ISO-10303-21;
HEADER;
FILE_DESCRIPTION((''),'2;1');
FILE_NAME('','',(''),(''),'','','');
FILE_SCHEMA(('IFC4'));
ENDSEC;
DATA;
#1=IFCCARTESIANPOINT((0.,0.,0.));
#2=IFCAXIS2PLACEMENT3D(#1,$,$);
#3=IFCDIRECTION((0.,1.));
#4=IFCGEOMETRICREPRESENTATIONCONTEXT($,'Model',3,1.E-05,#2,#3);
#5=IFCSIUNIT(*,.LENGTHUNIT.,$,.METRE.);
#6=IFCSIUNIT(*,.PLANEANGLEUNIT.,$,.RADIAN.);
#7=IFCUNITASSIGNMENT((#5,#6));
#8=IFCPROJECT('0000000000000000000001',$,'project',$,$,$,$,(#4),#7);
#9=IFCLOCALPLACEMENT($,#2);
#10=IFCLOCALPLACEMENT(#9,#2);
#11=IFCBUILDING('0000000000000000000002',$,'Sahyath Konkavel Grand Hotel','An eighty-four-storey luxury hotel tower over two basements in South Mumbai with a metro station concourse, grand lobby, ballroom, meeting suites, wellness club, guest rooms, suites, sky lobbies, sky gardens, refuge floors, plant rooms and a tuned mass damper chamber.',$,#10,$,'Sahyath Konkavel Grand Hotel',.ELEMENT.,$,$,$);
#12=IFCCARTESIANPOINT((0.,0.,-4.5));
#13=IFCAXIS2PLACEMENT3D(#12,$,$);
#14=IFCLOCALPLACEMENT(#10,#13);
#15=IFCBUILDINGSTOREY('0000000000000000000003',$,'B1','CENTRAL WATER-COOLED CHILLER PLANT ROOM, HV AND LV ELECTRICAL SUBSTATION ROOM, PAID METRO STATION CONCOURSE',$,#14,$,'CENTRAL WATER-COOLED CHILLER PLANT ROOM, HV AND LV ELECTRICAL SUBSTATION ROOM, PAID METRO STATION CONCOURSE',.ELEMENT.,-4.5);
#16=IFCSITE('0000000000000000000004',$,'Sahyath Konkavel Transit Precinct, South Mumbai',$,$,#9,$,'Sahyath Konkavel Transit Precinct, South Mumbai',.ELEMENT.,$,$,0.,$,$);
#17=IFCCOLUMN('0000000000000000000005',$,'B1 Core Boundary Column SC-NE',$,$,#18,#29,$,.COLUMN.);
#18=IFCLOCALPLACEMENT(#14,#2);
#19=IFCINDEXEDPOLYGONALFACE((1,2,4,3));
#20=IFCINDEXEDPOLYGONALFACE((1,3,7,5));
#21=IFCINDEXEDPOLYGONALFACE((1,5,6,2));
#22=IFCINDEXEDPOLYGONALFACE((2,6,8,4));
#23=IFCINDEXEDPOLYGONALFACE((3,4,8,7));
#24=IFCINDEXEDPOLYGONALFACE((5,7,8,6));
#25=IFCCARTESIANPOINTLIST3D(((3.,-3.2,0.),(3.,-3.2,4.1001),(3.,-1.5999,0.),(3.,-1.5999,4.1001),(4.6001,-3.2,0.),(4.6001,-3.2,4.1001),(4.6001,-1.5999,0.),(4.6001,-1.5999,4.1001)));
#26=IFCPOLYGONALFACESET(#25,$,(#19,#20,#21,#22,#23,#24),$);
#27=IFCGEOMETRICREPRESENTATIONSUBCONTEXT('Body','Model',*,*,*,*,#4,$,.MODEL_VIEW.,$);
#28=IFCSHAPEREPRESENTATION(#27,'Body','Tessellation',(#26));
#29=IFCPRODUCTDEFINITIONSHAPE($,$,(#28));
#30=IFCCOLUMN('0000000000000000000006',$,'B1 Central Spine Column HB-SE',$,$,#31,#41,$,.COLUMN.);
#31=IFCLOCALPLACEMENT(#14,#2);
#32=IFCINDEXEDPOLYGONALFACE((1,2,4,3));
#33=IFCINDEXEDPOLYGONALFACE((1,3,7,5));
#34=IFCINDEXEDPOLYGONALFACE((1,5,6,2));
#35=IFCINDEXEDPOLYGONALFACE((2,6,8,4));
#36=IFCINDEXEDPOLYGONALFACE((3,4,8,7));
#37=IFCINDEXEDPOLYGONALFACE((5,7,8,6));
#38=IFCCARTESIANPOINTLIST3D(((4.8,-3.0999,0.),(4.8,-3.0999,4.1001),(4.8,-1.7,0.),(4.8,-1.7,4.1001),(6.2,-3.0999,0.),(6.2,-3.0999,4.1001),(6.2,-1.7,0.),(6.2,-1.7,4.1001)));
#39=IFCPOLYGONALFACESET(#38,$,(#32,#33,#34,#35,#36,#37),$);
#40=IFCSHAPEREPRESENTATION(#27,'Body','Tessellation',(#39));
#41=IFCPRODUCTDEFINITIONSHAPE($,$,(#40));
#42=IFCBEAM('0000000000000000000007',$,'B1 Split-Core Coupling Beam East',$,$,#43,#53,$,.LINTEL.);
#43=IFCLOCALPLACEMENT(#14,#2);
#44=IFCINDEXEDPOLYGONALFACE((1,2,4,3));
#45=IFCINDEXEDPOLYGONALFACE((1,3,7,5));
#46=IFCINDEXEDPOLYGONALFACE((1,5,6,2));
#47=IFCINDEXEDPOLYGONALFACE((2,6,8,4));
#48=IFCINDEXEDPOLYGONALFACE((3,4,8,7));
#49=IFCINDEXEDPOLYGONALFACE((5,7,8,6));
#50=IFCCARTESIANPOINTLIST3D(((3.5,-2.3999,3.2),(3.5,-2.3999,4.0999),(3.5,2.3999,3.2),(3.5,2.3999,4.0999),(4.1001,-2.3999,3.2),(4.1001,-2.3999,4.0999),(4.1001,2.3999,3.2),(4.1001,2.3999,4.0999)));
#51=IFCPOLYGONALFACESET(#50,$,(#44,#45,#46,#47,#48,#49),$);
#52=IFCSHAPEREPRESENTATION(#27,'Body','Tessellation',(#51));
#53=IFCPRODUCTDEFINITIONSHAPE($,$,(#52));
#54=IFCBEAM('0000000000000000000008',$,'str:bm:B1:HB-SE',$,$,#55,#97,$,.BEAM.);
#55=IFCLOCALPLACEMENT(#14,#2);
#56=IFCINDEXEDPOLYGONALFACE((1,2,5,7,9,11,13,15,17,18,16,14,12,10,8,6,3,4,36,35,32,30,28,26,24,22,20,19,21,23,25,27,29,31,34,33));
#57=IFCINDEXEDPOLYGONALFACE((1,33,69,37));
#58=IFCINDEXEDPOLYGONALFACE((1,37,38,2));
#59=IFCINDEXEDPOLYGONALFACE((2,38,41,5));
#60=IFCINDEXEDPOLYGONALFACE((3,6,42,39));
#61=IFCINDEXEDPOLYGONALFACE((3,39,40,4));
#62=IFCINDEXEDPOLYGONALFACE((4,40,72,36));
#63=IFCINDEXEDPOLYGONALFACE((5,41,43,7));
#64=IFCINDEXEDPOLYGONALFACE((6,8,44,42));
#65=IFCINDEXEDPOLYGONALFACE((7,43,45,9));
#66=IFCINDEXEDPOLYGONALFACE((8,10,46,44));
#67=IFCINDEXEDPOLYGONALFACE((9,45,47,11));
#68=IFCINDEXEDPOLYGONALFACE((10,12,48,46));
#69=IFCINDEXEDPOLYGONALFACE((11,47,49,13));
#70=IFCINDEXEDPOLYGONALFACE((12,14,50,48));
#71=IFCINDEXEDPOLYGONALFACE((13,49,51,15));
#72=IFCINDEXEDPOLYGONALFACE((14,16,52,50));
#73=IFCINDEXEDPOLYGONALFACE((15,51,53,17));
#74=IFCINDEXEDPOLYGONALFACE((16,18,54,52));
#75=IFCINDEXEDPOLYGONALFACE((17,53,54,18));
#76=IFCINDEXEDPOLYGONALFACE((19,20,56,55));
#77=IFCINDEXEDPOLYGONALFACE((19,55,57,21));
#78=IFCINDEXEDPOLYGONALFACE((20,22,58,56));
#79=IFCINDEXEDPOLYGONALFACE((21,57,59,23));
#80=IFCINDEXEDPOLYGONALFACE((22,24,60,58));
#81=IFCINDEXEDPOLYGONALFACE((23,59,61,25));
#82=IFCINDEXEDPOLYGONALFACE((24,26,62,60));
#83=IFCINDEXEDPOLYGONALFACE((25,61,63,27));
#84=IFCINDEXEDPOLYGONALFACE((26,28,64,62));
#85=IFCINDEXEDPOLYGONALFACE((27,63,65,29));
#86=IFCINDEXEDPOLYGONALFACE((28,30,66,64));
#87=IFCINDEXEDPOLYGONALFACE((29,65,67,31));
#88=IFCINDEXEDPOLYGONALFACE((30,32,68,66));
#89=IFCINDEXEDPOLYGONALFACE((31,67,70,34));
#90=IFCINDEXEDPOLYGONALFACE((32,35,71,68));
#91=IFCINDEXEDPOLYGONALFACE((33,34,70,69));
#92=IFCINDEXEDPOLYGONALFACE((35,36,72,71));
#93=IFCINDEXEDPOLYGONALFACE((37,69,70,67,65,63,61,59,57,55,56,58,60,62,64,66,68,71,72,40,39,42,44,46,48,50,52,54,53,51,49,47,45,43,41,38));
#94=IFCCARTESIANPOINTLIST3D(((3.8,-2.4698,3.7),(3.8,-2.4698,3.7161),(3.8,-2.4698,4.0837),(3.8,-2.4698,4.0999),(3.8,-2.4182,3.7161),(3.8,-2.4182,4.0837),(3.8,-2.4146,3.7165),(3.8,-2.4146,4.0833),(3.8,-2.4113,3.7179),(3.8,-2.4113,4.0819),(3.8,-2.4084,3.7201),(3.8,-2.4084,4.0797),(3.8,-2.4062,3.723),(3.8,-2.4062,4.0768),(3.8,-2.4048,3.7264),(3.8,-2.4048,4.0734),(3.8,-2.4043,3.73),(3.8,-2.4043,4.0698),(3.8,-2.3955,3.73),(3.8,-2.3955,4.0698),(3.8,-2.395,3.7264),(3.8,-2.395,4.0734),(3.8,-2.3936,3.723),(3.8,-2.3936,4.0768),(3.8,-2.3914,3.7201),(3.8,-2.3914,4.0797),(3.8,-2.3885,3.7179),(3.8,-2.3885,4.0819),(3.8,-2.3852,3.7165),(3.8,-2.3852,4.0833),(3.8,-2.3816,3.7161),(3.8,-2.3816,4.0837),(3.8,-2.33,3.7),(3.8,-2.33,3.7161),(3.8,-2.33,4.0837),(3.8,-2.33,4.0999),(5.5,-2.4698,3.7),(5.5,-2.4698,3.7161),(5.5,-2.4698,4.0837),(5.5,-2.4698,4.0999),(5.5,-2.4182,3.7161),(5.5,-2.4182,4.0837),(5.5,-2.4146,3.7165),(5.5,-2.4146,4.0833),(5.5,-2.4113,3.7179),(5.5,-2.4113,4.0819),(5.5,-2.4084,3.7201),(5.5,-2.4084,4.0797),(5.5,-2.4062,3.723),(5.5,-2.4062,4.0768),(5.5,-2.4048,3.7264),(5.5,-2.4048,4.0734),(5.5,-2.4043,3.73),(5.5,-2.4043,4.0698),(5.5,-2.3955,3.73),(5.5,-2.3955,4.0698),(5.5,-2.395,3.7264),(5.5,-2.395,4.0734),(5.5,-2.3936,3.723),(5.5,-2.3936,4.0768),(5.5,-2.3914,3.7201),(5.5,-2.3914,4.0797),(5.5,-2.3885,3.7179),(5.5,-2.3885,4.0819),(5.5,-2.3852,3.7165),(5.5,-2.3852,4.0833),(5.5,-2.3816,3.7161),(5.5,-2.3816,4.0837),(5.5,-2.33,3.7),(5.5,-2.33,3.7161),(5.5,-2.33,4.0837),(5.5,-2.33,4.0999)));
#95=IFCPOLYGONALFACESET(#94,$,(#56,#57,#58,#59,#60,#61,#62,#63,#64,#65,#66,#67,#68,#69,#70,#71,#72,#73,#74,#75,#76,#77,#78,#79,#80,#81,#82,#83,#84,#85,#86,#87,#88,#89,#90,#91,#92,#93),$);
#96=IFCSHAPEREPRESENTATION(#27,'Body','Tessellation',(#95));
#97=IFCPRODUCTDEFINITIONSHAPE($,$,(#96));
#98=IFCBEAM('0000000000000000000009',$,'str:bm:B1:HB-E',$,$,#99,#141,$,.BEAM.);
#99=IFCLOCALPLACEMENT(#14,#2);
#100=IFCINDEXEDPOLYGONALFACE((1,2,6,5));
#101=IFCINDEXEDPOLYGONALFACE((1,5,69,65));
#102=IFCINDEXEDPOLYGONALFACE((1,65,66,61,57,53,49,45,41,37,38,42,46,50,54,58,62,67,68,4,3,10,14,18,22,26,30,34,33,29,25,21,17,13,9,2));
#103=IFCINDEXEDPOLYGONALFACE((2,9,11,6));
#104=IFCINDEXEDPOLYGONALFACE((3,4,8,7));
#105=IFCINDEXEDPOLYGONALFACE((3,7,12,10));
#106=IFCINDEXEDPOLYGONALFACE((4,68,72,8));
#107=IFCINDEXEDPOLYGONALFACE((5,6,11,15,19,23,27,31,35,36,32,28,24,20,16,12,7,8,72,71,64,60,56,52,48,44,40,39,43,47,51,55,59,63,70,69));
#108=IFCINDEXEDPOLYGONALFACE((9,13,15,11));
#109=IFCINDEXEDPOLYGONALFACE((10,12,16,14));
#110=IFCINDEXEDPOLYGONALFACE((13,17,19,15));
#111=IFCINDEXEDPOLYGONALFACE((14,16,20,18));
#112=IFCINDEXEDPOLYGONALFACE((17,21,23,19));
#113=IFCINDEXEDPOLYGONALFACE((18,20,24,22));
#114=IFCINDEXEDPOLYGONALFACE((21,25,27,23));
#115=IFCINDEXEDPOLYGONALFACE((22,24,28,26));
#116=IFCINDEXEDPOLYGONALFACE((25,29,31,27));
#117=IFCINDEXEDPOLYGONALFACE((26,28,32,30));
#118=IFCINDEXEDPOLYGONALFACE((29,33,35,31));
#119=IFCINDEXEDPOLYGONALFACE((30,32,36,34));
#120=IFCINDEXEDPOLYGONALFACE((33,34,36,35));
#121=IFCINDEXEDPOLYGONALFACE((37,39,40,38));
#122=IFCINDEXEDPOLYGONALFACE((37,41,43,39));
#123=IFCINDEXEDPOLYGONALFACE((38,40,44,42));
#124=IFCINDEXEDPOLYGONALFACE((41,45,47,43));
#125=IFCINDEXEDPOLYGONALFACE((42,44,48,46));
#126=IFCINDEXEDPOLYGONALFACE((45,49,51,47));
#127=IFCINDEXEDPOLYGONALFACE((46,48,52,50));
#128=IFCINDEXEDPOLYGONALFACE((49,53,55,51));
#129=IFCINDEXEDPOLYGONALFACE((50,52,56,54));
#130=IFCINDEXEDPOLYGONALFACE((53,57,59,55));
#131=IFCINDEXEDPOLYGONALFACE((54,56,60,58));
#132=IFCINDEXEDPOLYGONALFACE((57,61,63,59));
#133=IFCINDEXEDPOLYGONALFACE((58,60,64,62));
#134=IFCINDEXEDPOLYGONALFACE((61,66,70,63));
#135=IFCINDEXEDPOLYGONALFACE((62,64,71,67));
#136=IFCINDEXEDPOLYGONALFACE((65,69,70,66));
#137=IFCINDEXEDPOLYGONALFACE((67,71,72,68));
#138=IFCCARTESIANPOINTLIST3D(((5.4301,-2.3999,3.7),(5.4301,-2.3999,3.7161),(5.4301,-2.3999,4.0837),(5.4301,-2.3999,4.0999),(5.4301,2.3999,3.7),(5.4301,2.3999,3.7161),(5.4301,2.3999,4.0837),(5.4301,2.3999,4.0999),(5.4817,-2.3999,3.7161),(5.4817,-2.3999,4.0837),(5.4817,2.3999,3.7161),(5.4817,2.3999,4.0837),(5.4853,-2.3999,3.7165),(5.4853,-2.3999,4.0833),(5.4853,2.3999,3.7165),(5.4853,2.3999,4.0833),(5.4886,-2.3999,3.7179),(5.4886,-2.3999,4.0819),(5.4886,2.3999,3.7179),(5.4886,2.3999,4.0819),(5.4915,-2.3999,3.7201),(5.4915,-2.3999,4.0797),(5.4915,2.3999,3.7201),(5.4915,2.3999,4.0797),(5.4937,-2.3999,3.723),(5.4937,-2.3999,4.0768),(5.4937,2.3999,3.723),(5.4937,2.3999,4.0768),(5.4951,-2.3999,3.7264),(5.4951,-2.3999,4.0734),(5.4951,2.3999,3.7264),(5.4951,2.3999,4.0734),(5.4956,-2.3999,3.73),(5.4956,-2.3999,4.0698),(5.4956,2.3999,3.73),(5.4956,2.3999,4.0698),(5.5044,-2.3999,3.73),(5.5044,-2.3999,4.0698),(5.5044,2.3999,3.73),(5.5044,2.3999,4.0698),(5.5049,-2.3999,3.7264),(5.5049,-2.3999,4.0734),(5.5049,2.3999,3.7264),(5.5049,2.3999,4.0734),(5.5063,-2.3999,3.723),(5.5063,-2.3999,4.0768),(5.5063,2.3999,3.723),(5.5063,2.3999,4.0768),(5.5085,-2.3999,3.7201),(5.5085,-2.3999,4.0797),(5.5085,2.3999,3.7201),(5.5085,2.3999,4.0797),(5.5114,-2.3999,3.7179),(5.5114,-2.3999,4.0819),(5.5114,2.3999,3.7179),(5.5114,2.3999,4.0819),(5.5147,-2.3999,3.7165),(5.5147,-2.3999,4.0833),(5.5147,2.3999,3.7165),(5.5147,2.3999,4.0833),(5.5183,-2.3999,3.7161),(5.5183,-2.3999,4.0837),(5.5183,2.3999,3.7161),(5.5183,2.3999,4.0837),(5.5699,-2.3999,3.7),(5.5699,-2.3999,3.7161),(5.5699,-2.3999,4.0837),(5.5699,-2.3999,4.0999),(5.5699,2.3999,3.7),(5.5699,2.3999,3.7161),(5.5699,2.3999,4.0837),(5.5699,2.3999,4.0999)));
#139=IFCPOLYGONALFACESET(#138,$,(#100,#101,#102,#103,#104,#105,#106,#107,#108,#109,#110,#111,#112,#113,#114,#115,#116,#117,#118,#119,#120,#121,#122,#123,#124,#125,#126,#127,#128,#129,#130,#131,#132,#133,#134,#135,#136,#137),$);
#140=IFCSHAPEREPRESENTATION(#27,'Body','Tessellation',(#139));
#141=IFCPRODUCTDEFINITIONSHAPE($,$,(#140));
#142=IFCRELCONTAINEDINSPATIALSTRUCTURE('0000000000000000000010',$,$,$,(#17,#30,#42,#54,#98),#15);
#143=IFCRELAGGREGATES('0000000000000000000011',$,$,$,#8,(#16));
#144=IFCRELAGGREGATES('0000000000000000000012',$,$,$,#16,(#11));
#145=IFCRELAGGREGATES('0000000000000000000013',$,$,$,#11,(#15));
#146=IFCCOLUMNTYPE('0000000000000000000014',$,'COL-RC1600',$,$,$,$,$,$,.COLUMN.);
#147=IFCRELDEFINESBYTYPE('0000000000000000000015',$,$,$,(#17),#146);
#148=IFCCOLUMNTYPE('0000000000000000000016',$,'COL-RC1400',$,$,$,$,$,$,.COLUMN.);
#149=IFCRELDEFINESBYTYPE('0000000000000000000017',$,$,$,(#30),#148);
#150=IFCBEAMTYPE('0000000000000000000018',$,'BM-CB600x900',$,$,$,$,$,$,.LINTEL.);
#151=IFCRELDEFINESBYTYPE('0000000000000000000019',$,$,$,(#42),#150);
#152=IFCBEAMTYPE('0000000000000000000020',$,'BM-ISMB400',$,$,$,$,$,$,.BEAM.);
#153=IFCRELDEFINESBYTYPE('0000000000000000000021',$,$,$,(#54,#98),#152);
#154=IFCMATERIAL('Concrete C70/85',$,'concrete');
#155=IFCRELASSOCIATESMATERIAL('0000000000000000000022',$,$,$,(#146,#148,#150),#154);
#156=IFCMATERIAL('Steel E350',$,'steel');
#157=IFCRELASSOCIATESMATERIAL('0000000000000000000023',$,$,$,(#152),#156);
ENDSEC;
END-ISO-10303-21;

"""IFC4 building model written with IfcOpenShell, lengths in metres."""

from ifc_helpers import new_model, si_unit, direction, frame, origin, origin_2d, place, context, subcontext, project, spatial, rectangle, i_section, extrude, source, transform, mapped, material, material_profile, profile_set, type_object, element, save


model = new_model("IFC4")

# Units and contexts
model_context = context("Model", 3, precision=1e-05, world=origin(), true_north=direction((0.0, 1.0)))
body_context = subcontext(model_context, "Body", "Model", "MODEL_VIEW")
ifc_project = project(units=[si_unit("LENGTHUNIT", "METRE"), si_unit("PLANEANGLEUNIT", "RADIAN")], contexts=[model_context])

# Site, building, storey
site_placement = place(None, origin())
site = spatial("IfcSite", under=ifc_project, at=site_placement, Name="Sahyath Konkavel Transit Precinct, South Mumbai", LongName="Sahyath Konkavel Transit Precinct, South Mumbai", CompositionType="ELEMENT", RefElevation=0.0)
building_placement = place(site_placement, origin())
building = spatial("IfcBuilding", under=site, at=building_placement, Name="Sahyath Konkavel Grand Hotel", Description="An eighty-four-storey luxury hotel tower over two basements in South Mumbai with a metro station concourse, grand lobby, ballroom, meeting suites, wellness club, guest rooms, suites, sky lobbies, sky gardens, refuge floors, plant rooms and a tuned mass damper chamber.", LongName="Sahyath Konkavel Grand Hotel", CompositionType="ELEMENT")
storey_placement = place(building_placement, frame((0.0, 0.0, -4.5)))
storey = spatial("IfcBuildingStorey", under=building, at=storey_placement, Name="B1", Description="CENTRAL WATER-COOLED CHILLER PLANT ROOM, HV AND LV ELECTRICAL SUBSTATION ROOM, PAID METRO STATION CONCOURSE", LongName="CENTRAL WATER-COOLED CHILLER PLANT ROOM, HV AND LV ELECTRICAL SUBSTATION ROOM, PAID METRO STATION CONCOURSE", CompositionType="ELEMENT", Elevation=-4.5)

# Columns
ifc_material_1 = material(Name="Concrete C70/85", Category="concrete")
ifc_material_profile_1 = material_profile(ifc_material_1, rectangle(XDim=1.6001, YDim=1.6001, at=origin_2d()), Name="RC 1600x1600")
ifc_profile_set_1 = profile_set([ifc_material_profile_1], Name="Concrete C70/85")
column_type_1 = type_object("IfcColumnType", Name="COL-RC1600", PredefinedType="COLUMN", material=ifc_profile_set_1)
shared_shape_1 = source(origin(), body_context, "Body", "SweptSolid", [
    extrude(rectangle(XDim=1.6001, YDim=1.6001, at=origin_2d()), origin(), (0.0, 0.0, 1.0), 4.1001),
])
column_1_placement = place(storey_placement, frame((3.8, -2.3999, 0.0), z_axis=(0.0, 0.0, 1.0), x_axis=(1.0, 0.0, 0.0)))
element("IfcColumn", 1, at=column_1_placement, inside=storey, type_object=column_type_1, Name="B1 Core Boundary Column SC-NE", PredefinedType="COLUMN", context=body_context, shape_type="MappedRepresentation", body=[
    mapped(shared_shape_1, transform((0.0, 0.0, 0.0), scale=1.0)),
])
ifc_material_profile_2 = material_profile(ifc_material_1, rectangle(XDim=1.3999, YDim=1.3999, at=origin_2d()), Name="RC 1400x1400")
ifc_profile_set_2 = profile_set([ifc_material_profile_2], Name="Concrete C70/85")
column_type_2 = type_object("IfcColumnType", Name="COL-RC1400", PredefinedType="COLUMN", material=ifc_profile_set_2)
shared_shape_2 = source(origin(), body_context, "Body", "SweptSolid", [
    extrude(rectangle(XDim=1.3999, YDim=1.3999, at=origin_2d()), origin(), (0.0, 0.0, 1.0), 4.1001),
])
column_2_placement = place(storey_placement, frame((5.5, -2.3999, 0.0), z_axis=(0.0, 0.0, 1.0), x_axis=(1.0, 0.0, 0.0)))
element("IfcColumn", 2, at=column_2_placement, inside=storey, type_object=column_type_2, Name="B1 Central Spine Column HB-SE", PredefinedType="COLUMN", context=body_context, shape_type="MappedRepresentation", body=[
    mapped(shared_shape_2, transform((0.0, 0.0, 0.0), scale=1.0)),
])

# Beams
ifc_material_profile_3 = material_profile(ifc_material_1, rectangle(XDim=0.6001, YDim=0.8999, at=origin_2d()), Name="RC 600x900")
ifc_profile_set_3 = profile_set([ifc_material_profile_3], Name="Concrete C70/85")
beam_type_1 = type_object("IfcBeamType", Name="BM-CB600x900", PredefinedType="LINTEL", material=ifc_profile_set_3)
shared_shape_3 = source(origin(), body_context, "Body", "SweptSolid", [
    extrude(rectangle(XDim=0.6001, YDim=0.8999, at=origin_2d()), origin(), (0.0, 0.0, 1.0), 4.7998),
])
beam_1_placement = place(storey_placement, frame((3.8, -2.3999, 3.6499), z_axis=(0.0, 1.0, 0.0), x_axis=(-1.0, 0.0, 0.0)))
element("IfcBeam", 3, at=beam_1_placement, inside=storey, type_object=beam_type_1, Name="B1 Split-Core Coupling Beam East", PredefinedType="LINTEL", context=body_context, shape_type="MappedRepresentation", body=[
    mapped(shared_shape_3, transform((0.0, 0.0, 0.0), scale=1.0)),
])
ifc_material_2 = material(Name="Steel E350", Category="steel")
ifc_material_profile_4 = material_profile(ifc_material_2, i_section(OverallWidth=0.1399, OverallDepth=0.3999, WebThickness=0.0088, FlangeThickness=0.0161, FilletRadius=0.0139, at=origin_2d()), Name="ISMB 400")
ifc_profile_set_4 = profile_set([ifc_material_profile_4], Name="Steel E350")
beam_type_2 = type_object("IfcBeamType", Name="BM-ISMB400", PredefinedType="BEAM", material=ifc_profile_set_4)
shared_shape_4 = source(origin(), body_context, "Body", "SweptSolid", [
    extrude(i_section(OverallWidth=0.1399, OverallDepth=0.3999, WebThickness=0.0088, FlangeThickness=0.0161, FilletRadius=0.0139, at=origin_2d()), origin(), (0.0, 0.0, 1.0), 1.7),
])
beam_2_placement = place(storey_placement, frame((3.8, -2.3999, 3.8999), z_axis=(1.0, 0.0, 0.0), x_axis=(0.0, 1.0, 0.0)))
element("IfcBeam", 4, at=beam_2_placement, inside=storey, type_object=beam_type_2, Name="str:bm:B1:HB-SE", PredefinedType="BEAM", context=body_context, shape_type="MappedRepresentation", body=[
    mapped(shared_shape_4, transform((0.0, 0.0, 0.0), scale=1.0)),
])
shared_shape_5 = source(origin(), body_context, "Body", "SweptSolid", [
    extrude(i_section(OverallWidth=0.1399, OverallDepth=0.3999, WebThickness=0.0088, FlangeThickness=0.0161, FilletRadius=0.0139, at=origin_2d()), origin(), (0.0, 0.0, 1.0), 4.7998),
])
beam_3_placement = place(storey_placement, frame((5.5, -2.3999, 3.8999), z_axis=(0.0, 1.0, 0.0), x_axis=(-1.0, 0.0, 0.0)))
element("IfcBeam", 5, at=beam_3_placement, inside=storey, type_object=beam_type_2, Name="str:bm:B1:HB-E", PredefinedType="BEAM", context=body_context, shape_type="MappedRepresentation", body=[
    mapped(shared_shape_5, transform((0.0, 0.0, 0.0), scale=1.0)),
])

save(model, "model.ifc")
